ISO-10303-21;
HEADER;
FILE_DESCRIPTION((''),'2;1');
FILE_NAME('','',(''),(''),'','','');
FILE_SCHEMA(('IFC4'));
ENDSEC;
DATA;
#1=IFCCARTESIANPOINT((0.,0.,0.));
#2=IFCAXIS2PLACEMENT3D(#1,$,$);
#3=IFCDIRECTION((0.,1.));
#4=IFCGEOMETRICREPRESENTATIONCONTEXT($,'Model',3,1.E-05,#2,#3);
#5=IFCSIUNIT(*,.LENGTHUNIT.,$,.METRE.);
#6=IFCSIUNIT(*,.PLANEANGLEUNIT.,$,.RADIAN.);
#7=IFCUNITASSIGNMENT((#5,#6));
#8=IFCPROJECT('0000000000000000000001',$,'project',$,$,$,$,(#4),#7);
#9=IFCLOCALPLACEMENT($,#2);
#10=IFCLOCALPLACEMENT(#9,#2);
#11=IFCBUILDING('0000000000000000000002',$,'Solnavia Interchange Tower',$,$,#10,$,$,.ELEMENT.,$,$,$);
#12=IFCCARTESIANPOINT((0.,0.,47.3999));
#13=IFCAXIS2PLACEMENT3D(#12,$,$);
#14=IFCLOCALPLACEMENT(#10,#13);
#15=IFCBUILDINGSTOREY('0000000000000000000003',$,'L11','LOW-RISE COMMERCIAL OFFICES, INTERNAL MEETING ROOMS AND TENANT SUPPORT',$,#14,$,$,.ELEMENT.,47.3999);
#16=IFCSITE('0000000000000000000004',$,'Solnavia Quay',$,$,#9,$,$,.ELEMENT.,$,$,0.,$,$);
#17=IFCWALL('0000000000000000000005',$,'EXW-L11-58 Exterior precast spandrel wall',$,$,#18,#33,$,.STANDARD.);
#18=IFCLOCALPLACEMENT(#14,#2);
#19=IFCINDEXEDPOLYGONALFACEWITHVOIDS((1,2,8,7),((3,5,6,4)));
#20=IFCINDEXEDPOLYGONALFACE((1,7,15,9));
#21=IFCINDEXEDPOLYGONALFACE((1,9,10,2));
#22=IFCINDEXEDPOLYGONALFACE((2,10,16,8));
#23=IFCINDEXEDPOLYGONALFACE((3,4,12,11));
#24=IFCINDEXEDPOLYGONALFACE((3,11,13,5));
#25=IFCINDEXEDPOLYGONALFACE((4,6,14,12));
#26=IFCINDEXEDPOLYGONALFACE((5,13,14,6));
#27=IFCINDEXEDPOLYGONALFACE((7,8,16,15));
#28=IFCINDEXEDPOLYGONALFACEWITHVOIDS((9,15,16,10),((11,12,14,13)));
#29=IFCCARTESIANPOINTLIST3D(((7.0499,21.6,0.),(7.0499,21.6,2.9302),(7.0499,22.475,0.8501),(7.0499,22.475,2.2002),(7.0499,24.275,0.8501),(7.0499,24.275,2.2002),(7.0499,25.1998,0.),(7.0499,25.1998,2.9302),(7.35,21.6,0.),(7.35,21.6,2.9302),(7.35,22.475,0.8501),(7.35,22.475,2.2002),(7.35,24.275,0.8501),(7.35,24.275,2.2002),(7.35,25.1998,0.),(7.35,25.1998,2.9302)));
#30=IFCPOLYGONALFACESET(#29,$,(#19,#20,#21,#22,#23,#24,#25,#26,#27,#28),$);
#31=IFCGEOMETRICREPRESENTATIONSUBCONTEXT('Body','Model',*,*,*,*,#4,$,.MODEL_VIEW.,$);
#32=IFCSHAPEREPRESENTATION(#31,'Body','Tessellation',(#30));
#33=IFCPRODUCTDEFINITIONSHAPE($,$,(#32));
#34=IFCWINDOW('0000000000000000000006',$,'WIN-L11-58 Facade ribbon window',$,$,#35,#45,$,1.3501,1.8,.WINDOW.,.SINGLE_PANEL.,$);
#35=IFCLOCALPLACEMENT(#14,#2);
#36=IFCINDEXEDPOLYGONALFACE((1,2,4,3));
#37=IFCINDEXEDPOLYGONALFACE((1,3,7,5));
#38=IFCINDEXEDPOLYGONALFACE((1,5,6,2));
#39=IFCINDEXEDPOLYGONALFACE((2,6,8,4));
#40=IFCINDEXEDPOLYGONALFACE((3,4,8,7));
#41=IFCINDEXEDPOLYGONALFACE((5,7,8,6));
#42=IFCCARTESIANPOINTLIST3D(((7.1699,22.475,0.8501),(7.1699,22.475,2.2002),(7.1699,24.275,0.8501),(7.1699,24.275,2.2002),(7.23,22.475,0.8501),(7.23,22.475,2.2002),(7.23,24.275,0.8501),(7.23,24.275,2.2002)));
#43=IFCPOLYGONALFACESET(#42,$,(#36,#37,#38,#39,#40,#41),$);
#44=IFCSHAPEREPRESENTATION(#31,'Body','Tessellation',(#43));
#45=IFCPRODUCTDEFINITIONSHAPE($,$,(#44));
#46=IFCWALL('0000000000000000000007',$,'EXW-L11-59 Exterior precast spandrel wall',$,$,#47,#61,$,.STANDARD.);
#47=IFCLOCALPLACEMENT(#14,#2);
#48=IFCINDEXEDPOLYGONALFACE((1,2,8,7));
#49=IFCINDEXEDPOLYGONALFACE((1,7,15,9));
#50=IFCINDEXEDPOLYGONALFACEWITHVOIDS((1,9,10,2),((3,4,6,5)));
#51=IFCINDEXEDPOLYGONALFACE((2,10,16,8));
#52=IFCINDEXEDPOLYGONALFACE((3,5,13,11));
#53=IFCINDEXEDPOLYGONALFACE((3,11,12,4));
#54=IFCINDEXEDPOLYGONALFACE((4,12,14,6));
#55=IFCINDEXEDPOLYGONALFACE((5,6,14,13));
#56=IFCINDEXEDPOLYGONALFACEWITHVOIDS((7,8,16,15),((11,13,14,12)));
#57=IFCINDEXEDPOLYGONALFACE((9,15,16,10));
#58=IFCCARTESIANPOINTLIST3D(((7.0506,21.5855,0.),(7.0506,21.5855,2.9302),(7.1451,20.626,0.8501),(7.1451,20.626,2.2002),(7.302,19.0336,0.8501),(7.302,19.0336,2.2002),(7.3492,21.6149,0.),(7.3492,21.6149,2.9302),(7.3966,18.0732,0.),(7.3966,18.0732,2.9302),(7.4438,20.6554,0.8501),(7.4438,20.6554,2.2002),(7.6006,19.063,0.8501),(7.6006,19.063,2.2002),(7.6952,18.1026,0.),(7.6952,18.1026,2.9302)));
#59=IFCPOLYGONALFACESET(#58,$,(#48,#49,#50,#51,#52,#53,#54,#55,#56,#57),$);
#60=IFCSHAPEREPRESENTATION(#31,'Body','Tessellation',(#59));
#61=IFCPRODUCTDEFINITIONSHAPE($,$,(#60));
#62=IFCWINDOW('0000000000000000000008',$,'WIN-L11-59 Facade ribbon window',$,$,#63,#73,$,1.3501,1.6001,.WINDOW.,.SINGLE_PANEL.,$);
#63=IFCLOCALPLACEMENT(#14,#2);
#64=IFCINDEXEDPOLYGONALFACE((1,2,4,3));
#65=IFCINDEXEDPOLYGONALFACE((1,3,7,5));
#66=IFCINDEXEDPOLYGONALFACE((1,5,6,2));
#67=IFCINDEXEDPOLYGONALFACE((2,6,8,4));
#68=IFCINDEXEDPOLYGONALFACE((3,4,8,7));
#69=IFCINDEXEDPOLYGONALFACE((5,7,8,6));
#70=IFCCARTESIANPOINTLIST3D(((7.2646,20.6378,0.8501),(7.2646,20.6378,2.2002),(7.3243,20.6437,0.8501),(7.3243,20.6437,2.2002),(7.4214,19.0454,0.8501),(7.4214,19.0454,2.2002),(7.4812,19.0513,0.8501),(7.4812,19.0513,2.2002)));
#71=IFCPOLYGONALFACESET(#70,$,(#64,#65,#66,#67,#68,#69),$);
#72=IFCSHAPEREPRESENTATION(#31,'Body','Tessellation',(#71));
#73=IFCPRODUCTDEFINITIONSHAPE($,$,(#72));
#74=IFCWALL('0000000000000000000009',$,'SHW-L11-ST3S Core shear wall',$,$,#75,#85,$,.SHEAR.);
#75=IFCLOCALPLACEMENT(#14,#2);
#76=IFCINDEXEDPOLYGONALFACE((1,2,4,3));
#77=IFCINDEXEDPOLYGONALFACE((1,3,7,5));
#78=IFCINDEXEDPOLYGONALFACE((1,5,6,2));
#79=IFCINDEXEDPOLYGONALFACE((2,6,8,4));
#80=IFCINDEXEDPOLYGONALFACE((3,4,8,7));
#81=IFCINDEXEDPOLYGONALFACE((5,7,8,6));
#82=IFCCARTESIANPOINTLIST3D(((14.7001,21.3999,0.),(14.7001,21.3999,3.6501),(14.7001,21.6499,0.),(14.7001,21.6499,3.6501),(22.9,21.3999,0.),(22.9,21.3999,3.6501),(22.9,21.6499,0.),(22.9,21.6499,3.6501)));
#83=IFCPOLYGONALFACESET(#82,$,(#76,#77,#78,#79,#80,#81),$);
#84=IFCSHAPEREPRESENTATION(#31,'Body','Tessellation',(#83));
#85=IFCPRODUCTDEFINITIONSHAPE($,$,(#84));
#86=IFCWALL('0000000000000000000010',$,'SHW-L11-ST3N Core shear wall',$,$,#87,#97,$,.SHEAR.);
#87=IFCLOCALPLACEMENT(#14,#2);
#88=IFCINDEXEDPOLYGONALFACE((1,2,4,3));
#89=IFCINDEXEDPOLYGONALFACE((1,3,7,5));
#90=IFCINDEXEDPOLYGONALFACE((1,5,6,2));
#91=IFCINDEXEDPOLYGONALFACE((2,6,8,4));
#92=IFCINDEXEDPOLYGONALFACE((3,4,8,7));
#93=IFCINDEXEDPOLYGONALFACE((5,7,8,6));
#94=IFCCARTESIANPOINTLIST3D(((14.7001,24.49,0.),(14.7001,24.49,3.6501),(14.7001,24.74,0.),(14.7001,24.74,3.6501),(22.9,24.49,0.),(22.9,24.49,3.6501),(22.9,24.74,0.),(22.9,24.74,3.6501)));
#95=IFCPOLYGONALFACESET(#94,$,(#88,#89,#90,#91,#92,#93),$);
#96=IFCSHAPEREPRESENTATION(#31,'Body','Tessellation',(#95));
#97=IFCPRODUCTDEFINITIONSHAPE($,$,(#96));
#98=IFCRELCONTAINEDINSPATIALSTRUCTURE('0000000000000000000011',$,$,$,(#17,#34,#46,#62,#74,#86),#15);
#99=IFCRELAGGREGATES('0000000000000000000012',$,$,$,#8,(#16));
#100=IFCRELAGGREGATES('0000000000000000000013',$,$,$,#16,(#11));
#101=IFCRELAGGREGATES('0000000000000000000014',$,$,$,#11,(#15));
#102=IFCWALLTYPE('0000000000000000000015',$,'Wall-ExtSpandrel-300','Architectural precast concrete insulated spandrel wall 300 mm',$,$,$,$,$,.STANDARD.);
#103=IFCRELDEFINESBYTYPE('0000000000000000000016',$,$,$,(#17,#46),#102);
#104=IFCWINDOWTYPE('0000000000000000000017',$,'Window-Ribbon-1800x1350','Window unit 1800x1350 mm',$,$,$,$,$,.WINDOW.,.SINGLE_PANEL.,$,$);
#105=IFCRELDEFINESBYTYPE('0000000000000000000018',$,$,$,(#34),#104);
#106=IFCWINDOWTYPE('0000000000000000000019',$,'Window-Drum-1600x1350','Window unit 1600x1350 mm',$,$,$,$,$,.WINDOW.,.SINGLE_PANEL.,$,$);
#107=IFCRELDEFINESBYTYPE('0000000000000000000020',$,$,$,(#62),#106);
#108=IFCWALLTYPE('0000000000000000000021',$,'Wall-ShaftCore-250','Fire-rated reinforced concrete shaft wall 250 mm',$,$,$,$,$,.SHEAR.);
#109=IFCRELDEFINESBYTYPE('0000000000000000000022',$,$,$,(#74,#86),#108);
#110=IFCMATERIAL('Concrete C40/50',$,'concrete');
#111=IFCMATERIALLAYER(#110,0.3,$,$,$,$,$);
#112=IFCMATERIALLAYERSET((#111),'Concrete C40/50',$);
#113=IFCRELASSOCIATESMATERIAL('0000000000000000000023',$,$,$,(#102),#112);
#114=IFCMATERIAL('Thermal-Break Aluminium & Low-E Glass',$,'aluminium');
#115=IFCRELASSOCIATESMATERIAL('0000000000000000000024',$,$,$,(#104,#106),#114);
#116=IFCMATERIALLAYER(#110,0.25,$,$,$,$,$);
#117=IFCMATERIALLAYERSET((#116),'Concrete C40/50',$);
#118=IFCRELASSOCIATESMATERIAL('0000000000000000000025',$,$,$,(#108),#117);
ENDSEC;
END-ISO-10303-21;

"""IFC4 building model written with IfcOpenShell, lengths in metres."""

from ifc_helpers import new_model, si_unit, direction, frame, frame_2d, origin, place, context, subcontext, project, spatial, rectangle, extrude, material, layer, layer_set, type_object, element, fill, save


model = new_model("IFC4")

# Units and contexts
model_context = context("Model", 3, precision=1e-05, world=origin(), true_north=direction((0.0, 1.0)))
body_context = subcontext(model_context, "Body", "Model", "MODEL_VIEW")
ifc_project = project(units=[si_unit("LENGTHUNIT", "METRE"), si_unit("PLANEANGLEUNIT", "RADIAN")], contexts=[model_context])

# Site, building, storey
site_placement = place(None, origin())
site = spatial("IfcSite", under=ifc_project, at=site_placement, Name="Solnavia Quay", CompositionType="ELEMENT", RefElevation=0.0)
building_placement = place(site_placement, origin())
building = spatial("IfcBuilding", under=site, at=building_placement, Name="Solnavia Interchange Tower", CompositionType="ELEMENT")
storey_placement = place(building_placement, frame((0.0, 0.0, 47.3999)))
storey = spatial("IfcBuildingStorey", under=building, at=storey_placement, Name="L11", Description="LOW-RISE COMMERCIAL OFFICES, INTERNAL MEETING ROOMS AND TENANT SUPPORT", CompositionType="ELEMENT", Elevation=47.3999)

# Walls, openings, windows
ifc_material_1 = material(Name="Concrete C40/50", Category="concrete")
ifc_layer_1 = layer(ifc_material_1, 0.3)
ifc_layer_set_1 = layer_set([ifc_layer_1], Name="Concrete C40/50")
wall_type_1 = type_object("IfcWallType", Name="Wall-ExtSpandrel-300", Description="Architectural precast concrete insulated spandrel wall 300 mm", PredefinedType="STANDARD", material=ifc_layer_set_1)
wall_1_placement = place(storey_placement, frame((7.2, 21.6001, 0.0), z_axis=(0.0, 0.0, 1.0), x_axis=(0.0, 1.0, 0.0)))
wall_1 = element("IfcWall", 1, at=wall_1_placement, inside=storey, type_object=wall_type_1, Name="EXW-L11-58 Exterior precast spandrel wall", PredefinedType="STANDARD", context=body_context, shape_type="SweptSolid", body=[
    extrude(rectangle(XDim=3.5999, YDim=0.3, at=frame_2d((1.7998, 0.0))), origin(), (0.0, 0.0, 1.0), 2.9302),
])
opening_1_placement = place(wall_1_placement, frame((0.875, 0.0, 0.8501)))
opening_1 = element("IfcOpeningElement", 2, at=opening_1_placement, cuts=wall_1, PredefinedType="OPENING", context=body_context, shape_type="SweptSolid", body=[
    extrude(rectangle(XDim=1.8, YDim=1.3501, at=frame_2d((0.8999, 0.675))), frame((0.0, 0.1602, 0.0), z_axis=(0.0, -1.0, 0.0), x_axis=(1.0, 0.0, 0.0)), (0.0, 0.0, 1.0), 0.3201),
])
ifc_material_2 = material(Name="Thermal-Break Aluminium & Low-E Glass", Category="aluminium")
window_type_1 = type_object("IfcWindowType", Name="Window-Ribbon-1800x1350", Description="Window unit 1800x1350 mm", PartitioningType="SINGLE_PANEL", PredefinedType="WINDOW", material=ifc_material_2)
window_1_placement = place(opening_1_placement, origin())
window_1 = element("IfcWindow", 3, at=window_1_placement, inside=storey, type_object=window_type_1, Name="WIN-L11-58 Facade ribbon window", OverallHeight=1.3501, OverallWidth=1.8, PartitioningType="SINGLE_PANEL", PredefinedType="WINDOW", context=body_context, shape_type="SweptSolid", body=[
    extrude(rectangle(XDim=1.8, YDim=1.3501, at=frame_2d((0.8999, 0.675))), frame((0.0, 0.03, 0.0), z_axis=(0.0, -1.0, 0.0), x_axis=(1.0, 0.0, 0.0)), (0.0, 0.0, 1.0), 0.0601),
])
fill(opening_1, window_1)
wall_2_placement = place(storey_placement, frame((7.5459, 18.0879, 0.0), z_axis=(0.0, 0.0, 1.0), x_axis=(-0.098024, 0.995184, 0.0)))
wall_2 = element("IfcWall", 4, at=wall_2_placement, inside=storey, type_object=wall_type_1, Name="EXW-L11-59 Exterior precast spandrel wall", PredefinedType="STANDARD", context=body_context, shape_type="SweptSolid", body=[
    extrude(rectangle(XDim=3.5293, YDim=0.3, at=frame_2d((1.7646, 0.0))), origin(), (0.0, 0.0, 1.0), 2.9302),
])
opening_2_placement = place(wall_2_placement, frame((0.9651, 0.0, 0.8501)))
opening_2 = element("IfcOpeningElement", 5, at=opening_2_placement, cuts=wall_2, PredefinedType="OPENING", context=body_context, shape_type="SweptSolid", body=[
    extrude(rectangle(XDim=1.6001, YDim=1.3501, at=frame_2d((0.8, 0.675))), frame((0.0, 0.1602, 0.0), z_axis=(0.0, -1.0, 0.0), x_axis=(1.0, 0.0, 0.0)), (0.0, 0.0, 1.0), 0.3201),
])
window_type_2 = type_object("IfcWindowType", Name="Window-Drum-1600x1350", Description="Window unit 1600x1350 mm", PartitioningType="SINGLE_PANEL", PredefinedType="WINDOW", material=ifc_material_2)
window_2_placement = place(opening_2_placement, origin())
window_2 = element("IfcWindow", 6, at=window_2_placement, inside=storey, type_object=window_type_2, Name="WIN-L11-59 Facade ribbon window", OverallHeight=1.3501, OverallWidth=1.6001, PartitioningType="SINGLE_PANEL", PredefinedType="WINDOW", context=body_context, shape_type="SweptSolid", body=[
    extrude(rectangle(XDim=1.6001, YDim=1.3501, at=frame_2d((0.8, 0.675))), frame((0.0, 0.03, 0.0), z_axis=(0.0, -1.0, 0.0), x_axis=(1.0, 0.0, 0.0)), (0.0, 0.0, 1.0), 0.0601),
])
fill(opening_2, window_2)

# Walls
ifc_layer_2 = layer(ifc_material_1, 0.25)
ifc_layer_set_2 = layer_set([ifc_layer_2], Name="Concrete C40/50")
wall_type_2 = type_object("IfcWallType", Name="Wall-ShaftCore-250", Description="Fire-rated reinforced concrete shaft wall 250 mm", PredefinedType="SHEAR", material=ifc_layer_set_2)
for number, where, z_axis, x_axis, name in (
    (7, (14.7, 21.5249, 0.0), (0.0, 0.0, 1.0), (1.0, 0.0, 0.0), "SHW-L11-ST3S Core shear wall"),
    (8, (14.7, 24.615, 0.0), (0.0, 0.0, 1.0), (1.0, 0.0, 0.0), "SHW-L11-ST3N Core shear wall"),
):
    element("IfcWall", number, at=place(storey_placement, frame(where, z_axis=z_axis, x_axis=x_axis)), inside=storey, type_object=wall_type_2, Name=name, PredefinedType="SHEAR", context=body_context, shape_type="SweptSolid", body=[
        extrude(rectangle(XDim=8.2, YDim=0.25, at=frame_2d((4.1001, 0.0))), origin(), (0.0, 0.0, 1.0), 3.6501),
    ])

save(model, "model.ifc")
